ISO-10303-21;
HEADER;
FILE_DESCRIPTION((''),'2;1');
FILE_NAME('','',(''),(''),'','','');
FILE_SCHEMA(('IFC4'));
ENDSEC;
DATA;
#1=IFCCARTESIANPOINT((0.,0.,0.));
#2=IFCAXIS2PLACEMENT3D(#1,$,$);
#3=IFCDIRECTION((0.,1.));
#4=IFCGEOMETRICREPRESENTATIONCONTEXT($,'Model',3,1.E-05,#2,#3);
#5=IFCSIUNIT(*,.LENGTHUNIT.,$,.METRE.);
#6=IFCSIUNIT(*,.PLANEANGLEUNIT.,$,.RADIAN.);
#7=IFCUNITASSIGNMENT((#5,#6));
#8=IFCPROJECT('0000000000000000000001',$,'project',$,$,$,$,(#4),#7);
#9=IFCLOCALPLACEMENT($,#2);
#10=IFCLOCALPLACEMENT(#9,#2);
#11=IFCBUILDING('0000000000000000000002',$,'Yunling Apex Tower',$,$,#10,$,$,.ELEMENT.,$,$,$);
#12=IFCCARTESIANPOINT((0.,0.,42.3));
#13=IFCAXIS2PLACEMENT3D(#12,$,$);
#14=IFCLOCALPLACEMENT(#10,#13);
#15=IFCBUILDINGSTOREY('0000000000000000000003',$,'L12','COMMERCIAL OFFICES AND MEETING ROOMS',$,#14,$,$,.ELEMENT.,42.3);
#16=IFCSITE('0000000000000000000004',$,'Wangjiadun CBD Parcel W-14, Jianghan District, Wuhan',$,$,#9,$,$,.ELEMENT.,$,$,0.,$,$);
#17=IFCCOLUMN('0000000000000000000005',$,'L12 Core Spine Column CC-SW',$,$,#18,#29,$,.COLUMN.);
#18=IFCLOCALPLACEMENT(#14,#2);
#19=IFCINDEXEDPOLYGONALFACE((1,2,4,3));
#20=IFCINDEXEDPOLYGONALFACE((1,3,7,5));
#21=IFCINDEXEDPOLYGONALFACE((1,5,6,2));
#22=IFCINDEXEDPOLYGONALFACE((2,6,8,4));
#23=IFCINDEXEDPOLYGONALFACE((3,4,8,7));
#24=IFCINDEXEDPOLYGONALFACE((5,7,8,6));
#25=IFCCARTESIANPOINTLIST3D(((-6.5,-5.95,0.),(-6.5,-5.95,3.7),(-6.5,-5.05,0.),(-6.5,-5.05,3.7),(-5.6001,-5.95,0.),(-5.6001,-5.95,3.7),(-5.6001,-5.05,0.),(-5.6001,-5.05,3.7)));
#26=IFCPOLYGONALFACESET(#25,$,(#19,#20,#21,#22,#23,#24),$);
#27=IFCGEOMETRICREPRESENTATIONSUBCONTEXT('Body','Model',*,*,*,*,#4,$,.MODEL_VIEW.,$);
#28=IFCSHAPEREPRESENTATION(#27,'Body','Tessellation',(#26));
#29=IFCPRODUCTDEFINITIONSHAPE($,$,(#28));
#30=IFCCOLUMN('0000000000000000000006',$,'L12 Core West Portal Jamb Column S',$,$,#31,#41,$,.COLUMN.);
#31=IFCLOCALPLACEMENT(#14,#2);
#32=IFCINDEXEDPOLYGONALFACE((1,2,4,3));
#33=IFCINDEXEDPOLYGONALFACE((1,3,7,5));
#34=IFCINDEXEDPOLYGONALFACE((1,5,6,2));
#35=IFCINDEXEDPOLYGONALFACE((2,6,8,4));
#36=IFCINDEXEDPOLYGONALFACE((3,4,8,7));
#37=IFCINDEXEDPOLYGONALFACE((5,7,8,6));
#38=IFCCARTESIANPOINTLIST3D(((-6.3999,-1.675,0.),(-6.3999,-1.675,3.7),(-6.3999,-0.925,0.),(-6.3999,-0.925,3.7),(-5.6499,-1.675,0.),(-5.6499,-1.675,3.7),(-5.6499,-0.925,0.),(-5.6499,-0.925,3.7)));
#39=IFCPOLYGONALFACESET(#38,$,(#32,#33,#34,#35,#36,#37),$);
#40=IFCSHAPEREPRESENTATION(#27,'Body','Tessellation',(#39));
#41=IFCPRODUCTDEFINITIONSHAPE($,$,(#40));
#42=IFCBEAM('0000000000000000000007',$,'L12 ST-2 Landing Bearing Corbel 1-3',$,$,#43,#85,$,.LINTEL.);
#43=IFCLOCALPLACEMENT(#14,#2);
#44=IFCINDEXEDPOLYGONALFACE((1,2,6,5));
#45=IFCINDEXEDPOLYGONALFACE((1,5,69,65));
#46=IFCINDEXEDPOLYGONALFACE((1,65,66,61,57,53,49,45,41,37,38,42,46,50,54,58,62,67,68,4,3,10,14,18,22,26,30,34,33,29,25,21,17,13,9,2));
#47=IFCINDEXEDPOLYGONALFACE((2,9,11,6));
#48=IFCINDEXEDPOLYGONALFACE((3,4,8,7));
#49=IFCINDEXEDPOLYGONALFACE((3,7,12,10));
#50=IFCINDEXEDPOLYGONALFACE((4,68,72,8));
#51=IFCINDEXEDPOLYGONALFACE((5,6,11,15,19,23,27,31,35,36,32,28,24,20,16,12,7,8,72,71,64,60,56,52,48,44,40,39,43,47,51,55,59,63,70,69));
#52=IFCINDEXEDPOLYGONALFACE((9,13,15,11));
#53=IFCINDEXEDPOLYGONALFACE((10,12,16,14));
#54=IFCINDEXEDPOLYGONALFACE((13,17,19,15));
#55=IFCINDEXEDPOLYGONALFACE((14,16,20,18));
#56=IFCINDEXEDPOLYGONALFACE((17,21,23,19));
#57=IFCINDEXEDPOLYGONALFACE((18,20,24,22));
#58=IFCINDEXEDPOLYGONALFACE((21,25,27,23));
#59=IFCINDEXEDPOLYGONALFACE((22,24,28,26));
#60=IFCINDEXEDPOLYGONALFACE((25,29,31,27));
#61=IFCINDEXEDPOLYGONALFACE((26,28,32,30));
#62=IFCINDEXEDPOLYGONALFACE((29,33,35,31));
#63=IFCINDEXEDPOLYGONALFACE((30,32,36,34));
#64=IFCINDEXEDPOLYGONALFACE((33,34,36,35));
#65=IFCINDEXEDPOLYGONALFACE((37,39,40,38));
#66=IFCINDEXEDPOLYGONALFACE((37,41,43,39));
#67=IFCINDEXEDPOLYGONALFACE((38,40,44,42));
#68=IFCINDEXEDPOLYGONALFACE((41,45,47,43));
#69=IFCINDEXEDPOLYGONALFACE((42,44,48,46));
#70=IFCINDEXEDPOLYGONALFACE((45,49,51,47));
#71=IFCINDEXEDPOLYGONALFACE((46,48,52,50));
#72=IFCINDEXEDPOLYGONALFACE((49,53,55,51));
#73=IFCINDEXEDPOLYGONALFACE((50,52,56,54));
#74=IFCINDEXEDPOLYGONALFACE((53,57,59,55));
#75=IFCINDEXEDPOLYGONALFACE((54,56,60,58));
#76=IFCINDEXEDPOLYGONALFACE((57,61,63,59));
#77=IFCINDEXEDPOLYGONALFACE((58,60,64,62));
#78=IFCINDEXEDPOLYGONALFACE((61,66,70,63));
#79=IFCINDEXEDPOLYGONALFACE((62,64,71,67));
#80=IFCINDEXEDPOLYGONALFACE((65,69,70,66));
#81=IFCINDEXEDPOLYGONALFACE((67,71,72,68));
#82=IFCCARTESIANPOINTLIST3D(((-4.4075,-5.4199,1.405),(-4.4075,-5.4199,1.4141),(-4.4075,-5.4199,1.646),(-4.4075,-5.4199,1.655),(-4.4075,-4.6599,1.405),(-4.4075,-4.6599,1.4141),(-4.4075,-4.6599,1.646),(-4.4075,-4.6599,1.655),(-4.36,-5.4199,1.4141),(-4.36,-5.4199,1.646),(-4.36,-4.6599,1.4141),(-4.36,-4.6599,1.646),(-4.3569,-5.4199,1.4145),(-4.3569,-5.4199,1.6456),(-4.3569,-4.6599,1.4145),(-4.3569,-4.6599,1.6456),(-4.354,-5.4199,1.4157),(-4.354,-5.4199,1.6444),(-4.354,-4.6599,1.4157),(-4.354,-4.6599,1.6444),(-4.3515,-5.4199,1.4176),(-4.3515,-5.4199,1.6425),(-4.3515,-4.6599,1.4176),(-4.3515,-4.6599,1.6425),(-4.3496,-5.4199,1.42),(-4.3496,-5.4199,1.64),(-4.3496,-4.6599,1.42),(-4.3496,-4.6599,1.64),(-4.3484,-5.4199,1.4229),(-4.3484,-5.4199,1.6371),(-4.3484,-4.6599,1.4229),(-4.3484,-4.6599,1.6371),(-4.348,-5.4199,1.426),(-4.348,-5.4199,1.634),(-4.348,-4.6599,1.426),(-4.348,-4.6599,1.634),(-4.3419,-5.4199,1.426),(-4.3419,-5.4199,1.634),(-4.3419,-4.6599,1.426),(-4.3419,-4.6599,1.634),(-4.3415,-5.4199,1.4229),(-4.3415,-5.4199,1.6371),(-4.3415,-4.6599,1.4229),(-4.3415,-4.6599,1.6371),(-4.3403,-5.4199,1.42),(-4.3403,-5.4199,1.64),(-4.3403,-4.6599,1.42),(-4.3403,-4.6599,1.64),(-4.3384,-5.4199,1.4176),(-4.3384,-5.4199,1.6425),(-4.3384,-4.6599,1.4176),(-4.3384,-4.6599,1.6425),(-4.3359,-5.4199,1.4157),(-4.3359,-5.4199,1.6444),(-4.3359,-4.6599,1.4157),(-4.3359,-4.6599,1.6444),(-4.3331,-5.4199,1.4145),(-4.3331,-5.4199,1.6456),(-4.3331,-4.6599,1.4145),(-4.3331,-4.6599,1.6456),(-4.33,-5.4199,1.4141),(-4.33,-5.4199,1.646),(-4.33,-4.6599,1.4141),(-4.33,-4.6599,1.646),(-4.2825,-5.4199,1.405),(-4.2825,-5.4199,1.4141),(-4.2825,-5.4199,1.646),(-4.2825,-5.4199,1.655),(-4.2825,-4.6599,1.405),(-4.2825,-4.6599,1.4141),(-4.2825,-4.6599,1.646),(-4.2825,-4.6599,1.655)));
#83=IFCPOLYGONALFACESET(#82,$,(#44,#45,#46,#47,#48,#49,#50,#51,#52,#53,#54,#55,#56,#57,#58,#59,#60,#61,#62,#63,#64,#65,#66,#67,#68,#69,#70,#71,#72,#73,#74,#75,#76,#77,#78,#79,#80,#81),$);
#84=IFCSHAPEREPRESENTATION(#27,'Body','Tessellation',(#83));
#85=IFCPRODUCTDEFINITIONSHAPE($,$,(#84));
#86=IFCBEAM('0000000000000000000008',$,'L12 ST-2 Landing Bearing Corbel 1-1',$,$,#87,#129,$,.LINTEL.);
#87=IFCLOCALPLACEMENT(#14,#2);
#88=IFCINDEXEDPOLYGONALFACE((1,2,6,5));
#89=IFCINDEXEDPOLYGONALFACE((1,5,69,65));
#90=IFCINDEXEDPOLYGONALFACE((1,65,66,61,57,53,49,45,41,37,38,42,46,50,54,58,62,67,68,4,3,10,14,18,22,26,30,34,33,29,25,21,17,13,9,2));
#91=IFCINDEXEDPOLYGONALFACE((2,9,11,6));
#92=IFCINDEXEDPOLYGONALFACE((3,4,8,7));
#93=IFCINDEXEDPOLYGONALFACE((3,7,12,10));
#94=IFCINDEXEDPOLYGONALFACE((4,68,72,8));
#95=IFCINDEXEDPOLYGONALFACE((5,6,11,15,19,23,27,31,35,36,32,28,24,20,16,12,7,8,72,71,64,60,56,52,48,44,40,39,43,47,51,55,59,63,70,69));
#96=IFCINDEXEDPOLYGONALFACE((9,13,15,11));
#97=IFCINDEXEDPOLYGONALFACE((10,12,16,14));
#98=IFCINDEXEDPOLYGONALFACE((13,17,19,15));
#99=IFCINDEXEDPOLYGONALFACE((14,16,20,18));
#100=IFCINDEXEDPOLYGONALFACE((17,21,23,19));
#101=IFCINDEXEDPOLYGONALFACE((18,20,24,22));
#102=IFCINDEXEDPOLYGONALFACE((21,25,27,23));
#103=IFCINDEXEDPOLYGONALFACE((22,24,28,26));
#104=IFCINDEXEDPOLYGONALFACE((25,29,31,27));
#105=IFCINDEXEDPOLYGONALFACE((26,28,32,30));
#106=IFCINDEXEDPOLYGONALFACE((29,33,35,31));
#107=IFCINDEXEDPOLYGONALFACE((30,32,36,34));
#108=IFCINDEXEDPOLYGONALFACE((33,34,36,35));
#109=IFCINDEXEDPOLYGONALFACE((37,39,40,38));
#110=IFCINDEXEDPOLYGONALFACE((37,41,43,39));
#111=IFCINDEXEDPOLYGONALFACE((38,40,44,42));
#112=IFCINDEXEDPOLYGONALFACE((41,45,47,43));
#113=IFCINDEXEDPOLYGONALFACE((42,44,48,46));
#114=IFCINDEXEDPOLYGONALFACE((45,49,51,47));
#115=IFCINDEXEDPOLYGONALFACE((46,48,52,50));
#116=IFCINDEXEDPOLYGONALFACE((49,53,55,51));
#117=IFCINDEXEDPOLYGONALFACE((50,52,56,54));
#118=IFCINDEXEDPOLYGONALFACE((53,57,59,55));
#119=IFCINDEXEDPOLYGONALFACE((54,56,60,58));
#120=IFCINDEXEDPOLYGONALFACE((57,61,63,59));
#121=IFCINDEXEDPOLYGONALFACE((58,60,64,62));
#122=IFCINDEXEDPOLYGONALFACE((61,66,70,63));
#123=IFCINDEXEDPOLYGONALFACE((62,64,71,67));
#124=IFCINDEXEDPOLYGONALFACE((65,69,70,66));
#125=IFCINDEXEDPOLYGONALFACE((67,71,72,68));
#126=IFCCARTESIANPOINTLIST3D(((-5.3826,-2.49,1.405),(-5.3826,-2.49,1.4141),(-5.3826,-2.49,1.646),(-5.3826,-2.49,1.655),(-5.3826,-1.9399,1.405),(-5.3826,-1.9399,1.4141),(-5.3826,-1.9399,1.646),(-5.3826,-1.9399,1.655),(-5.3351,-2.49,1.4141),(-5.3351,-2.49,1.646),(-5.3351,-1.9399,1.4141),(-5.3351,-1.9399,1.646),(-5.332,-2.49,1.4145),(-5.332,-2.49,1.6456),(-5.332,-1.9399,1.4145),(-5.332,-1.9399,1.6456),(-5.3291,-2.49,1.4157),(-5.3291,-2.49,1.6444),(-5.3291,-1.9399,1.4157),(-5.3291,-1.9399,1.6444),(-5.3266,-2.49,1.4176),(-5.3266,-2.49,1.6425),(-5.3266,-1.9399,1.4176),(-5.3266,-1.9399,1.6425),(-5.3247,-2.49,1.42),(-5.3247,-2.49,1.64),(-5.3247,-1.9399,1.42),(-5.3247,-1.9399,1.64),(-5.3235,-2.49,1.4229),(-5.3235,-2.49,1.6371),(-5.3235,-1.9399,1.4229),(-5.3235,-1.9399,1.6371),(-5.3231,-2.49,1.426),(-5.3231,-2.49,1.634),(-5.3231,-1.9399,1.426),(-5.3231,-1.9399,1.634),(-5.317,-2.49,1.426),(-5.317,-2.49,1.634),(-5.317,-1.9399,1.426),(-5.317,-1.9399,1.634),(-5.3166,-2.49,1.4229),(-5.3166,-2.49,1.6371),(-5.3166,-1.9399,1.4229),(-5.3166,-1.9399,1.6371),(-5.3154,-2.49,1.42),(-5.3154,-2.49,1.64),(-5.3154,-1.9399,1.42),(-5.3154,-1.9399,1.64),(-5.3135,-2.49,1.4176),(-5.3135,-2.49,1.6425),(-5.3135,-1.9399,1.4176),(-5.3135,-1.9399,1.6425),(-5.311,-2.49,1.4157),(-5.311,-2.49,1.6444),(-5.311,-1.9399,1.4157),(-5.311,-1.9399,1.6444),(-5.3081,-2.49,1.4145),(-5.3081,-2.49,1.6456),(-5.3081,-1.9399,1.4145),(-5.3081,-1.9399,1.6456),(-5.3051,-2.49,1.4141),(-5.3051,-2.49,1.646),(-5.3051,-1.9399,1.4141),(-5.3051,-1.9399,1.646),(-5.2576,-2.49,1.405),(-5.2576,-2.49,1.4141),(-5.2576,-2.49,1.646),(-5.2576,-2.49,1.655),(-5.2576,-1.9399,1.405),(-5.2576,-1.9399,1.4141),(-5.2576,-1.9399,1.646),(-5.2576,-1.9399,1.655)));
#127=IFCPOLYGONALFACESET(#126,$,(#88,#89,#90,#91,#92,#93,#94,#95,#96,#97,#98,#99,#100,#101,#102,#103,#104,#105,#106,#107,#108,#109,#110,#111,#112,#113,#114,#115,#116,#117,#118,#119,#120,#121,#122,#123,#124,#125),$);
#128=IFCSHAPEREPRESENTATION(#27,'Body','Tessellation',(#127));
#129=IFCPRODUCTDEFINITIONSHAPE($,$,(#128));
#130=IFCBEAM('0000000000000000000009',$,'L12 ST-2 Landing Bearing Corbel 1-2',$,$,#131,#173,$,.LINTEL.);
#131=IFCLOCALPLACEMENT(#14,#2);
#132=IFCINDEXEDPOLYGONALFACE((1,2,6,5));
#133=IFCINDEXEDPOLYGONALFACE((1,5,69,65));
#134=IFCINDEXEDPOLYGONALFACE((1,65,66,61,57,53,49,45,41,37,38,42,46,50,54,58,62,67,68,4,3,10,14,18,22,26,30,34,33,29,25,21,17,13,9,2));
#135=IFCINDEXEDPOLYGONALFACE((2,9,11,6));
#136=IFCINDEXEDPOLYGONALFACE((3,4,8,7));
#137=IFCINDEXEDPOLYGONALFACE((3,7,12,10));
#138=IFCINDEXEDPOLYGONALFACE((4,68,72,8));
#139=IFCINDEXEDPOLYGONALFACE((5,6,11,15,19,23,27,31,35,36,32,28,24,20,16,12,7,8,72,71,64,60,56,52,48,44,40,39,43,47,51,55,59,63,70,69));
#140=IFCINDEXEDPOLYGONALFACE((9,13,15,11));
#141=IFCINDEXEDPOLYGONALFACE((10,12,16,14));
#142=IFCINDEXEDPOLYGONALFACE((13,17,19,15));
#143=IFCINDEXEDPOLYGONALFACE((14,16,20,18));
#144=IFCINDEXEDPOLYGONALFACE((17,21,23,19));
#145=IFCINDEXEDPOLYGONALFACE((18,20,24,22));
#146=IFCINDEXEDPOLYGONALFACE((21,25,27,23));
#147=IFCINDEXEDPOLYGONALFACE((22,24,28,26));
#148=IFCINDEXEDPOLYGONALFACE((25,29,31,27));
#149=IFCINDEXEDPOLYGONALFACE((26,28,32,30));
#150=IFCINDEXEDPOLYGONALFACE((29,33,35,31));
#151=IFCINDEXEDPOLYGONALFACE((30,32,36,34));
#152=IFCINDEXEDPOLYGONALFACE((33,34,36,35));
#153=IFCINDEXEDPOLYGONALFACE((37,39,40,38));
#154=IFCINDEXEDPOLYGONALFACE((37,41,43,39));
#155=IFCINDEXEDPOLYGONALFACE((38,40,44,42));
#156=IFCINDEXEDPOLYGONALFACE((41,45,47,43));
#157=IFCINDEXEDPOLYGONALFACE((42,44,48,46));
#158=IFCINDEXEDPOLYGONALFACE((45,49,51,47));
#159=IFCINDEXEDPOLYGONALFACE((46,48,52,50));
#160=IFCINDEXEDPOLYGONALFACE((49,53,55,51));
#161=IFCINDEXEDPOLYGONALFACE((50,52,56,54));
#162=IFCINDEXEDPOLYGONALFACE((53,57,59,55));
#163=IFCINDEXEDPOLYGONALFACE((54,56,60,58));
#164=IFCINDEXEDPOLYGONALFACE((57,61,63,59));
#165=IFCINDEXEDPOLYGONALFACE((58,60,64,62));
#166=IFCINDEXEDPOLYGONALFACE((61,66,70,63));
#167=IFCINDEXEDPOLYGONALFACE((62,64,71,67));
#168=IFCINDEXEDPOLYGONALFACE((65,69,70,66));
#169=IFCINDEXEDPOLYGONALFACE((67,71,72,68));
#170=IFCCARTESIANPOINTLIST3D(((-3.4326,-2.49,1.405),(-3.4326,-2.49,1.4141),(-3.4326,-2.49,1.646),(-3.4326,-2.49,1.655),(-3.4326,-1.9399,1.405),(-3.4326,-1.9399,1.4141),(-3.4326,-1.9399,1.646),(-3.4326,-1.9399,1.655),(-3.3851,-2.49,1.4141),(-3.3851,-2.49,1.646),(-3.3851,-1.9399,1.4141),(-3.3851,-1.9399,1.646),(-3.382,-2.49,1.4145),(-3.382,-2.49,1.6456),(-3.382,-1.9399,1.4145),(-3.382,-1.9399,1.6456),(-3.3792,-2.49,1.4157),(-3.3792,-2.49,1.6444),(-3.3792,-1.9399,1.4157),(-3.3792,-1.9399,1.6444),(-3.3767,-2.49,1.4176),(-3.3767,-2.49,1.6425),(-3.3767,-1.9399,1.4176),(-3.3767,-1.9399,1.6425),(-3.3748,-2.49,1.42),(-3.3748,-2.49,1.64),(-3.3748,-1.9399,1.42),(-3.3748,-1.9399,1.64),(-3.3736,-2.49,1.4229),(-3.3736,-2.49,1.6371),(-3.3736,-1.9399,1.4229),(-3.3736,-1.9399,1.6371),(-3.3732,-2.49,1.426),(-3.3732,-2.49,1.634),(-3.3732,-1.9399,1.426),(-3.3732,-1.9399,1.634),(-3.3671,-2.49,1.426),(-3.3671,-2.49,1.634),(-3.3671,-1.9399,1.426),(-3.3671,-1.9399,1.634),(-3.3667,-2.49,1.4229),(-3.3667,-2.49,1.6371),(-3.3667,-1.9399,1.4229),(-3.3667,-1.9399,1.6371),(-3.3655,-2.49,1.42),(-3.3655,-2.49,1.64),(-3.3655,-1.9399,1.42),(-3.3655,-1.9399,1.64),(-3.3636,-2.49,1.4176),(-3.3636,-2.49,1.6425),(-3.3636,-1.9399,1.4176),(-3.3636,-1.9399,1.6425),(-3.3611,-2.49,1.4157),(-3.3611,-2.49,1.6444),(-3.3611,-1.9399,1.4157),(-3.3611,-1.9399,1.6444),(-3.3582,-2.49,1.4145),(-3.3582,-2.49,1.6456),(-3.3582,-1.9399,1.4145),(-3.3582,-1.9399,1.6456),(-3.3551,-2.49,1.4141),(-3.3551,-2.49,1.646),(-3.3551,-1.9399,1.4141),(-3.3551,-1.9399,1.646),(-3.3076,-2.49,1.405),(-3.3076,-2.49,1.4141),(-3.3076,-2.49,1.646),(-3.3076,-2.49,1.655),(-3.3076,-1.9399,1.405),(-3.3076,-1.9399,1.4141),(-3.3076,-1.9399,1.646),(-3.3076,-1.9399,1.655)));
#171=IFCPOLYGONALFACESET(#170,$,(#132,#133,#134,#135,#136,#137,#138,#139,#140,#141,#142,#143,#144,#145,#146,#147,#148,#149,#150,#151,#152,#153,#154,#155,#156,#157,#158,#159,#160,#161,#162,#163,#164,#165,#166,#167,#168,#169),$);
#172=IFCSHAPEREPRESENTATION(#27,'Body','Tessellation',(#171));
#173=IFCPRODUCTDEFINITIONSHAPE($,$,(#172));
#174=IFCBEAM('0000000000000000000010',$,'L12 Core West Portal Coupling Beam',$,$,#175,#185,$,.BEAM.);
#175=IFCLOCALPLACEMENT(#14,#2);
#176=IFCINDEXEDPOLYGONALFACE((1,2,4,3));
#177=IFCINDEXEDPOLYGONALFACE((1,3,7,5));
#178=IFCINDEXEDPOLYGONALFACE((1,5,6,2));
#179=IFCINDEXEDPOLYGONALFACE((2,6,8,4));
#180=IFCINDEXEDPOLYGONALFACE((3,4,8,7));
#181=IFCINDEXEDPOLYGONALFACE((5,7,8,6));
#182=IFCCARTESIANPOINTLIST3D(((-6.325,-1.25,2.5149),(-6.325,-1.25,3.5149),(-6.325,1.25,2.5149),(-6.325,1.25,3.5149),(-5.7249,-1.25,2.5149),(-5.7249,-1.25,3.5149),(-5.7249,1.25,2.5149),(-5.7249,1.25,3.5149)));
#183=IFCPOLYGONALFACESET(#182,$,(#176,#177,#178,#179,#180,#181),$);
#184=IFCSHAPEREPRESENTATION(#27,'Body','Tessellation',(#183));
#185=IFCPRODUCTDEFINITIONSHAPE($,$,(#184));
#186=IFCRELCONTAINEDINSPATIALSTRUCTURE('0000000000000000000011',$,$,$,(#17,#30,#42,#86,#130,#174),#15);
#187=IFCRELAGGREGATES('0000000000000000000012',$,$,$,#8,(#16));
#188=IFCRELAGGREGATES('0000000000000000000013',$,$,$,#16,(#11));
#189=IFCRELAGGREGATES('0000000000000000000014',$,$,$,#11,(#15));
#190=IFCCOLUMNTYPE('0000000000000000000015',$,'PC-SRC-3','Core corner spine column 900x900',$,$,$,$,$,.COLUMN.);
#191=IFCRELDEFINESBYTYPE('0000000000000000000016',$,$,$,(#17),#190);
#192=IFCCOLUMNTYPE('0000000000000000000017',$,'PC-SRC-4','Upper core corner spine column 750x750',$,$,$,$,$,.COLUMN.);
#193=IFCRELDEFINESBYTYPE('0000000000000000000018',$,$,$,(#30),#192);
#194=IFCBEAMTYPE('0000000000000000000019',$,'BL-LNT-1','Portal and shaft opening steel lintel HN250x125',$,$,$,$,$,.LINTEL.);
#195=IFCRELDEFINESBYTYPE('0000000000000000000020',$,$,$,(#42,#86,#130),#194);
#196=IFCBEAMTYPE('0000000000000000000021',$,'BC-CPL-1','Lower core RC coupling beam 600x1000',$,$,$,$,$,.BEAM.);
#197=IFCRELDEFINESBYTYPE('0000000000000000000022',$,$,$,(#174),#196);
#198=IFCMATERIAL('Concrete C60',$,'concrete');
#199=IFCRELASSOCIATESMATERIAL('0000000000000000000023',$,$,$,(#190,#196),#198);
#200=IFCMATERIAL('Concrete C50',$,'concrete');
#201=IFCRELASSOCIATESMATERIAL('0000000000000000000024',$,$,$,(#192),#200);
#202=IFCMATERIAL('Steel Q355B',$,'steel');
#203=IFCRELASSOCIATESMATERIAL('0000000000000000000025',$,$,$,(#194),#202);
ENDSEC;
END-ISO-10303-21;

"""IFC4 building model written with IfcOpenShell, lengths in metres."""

from ifc_helpers import new_model, si_unit, direction, frame, origin, origin_2d, place, context, subcontext, project, spatial, rectangle, i_section, extrude, source, transform, mapped, material, material_profile, profile_set, type_object, element, save


model = new_model("IFC4")

# Units and contexts
model_context = context("Model", 3, precision=1e-05, world=origin(), true_north=direction((0.0, 1.0)))
body_context = subcontext(model_context, "Body", "Model", "MODEL_VIEW")
ifc_project = project(units=[si_unit("LENGTHUNIT", "METRE"), si_unit("PLANEANGLEUNIT", "RADIAN")], contexts=[model_context])

# Site, building, storey
site_placement = place(None, origin())
site = spatial("IfcSite", under=ifc_project, at=site_placement, Name="Wangjiadun CBD Parcel W-14, Jianghan District, Wuhan", CompositionType="ELEMENT", RefElevation=0.0)
building_placement = place(site_placement, origin())
building = spatial("IfcBuilding", under=site, at=building_placement, Name="Yunling Apex Tower", CompositionType="ELEMENT")
storey_placement = place(building_placement, frame((0.0, 0.0, 42.3)))
storey = spatial("IfcBuildingStorey", under=building, at=storey_placement, Name="L12", Description="COMMERCIAL OFFICES AND MEETING ROOMS", CompositionType="ELEMENT", Elevation=42.3)

# Columns
ifc_material_1 = material(Name="Concrete C60", Category="concrete")
ifc_material_profile_1 = material_profile(ifc_material_1, rectangle(XDim=0.8999, YDim=0.8999, at=origin_2d()))
ifc_profile_set_1 = profile_set([ifc_material_profile_1], Name="Concrete C60")
column_type_1 = type_object("IfcColumnType", Name="PC-SRC-3", Description="Core corner spine column 900x900", PredefinedType="COLUMN", material=ifc_profile_set_1)
shared_shape_1 = source(origin(), body_context, "Body", "SweptSolid", [
    extrude(rectangle(XDim=0.8999, YDim=0.8999, at=origin_2d()), origin(), (0.0, 0.0, 1.0), 3.7),
])
column_1_placement = place(storey_placement, frame((-6.05, -5.5, 0.0), z_axis=(0.0, 0.0, 1.0), x_axis=(1.0, 0.0, 0.0)))
element("IfcColumn", 1, at=column_1_placement, inside=storey, type_object=column_type_1, Name="L12 Core Spine Column CC-SW", PredefinedType="COLUMN", context=body_context, shape_type="MappedRepresentation", body=[
    mapped(shared_shape_1, transform((0.0, 0.0, 0.0), scale=1.0)),
])
ifc_material_2 = material(Name="Concrete C50", Category="concrete")
ifc_material_profile_2 = material_profile(ifc_material_2, rectangle(XDim=0.75, YDim=0.75, at=origin_2d()))
ifc_profile_set_2 = profile_set([ifc_material_profile_2], Name="Concrete C50")
column_type_2 = type_object("IfcColumnType", Name="PC-SRC-4", Description="Upper core corner spine column 750x750", PredefinedType="COLUMN", material=ifc_profile_set_2)
shared_shape_2 = source(origin(), body_context, "Body", "SweptSolid", [
    extrude(rectangle(XDim=0.75, YDim=0.75, at=origin_2d()), origin(), (0.0, 0.0, 1.0), 3.7),
])
column_2_placement = place(storey_placement, frame((-6.0249, -1.3, 0.0), z_axis=(0.0, 0.0, 1.0), x_axis=(1.0, 0.0, 0.0)))
element("IfcColumn", 2, at=column_2_placement, inside=storey, type_object=column_type_2, Name="L12 Core West Portal Jamb Column S", PredefinedType="COLUMN", context=body_context, shape_type="MappedRepresentation", body=[
    mapped(shared_shape_2, transform((0.0, 0.0, 0.0), scale=1.0)),
])

# Beams
ifc_material_3 = material(Name="Steel Q355B", Category="steel")
ifc_material_profile_3 = material_profile(ifc_material_3, i_section(OverallWidth=0.125, OverallDepth=0.25, WebThickness=0.0061, FlangeThickness=0.009, FilletRadius=0.012, at=origin_2d()))
ifc_profile_set_3 = profile_set([ifc_material_profile_3], Name="Steel Q355B")
beam_type_1 = type_object("IfcBeamType", Name="BL-LNT-1", Description="Portal and shaft opening steel lintel HN250x125", PredefinedType="LINTEL", material=ifc_profile_set_3)
shared_shape_3 = source(origin(), body_context, "Body", "SweptSolid", [
    extrude(i_section(OverallWidth=0.125, OverallDepth=0.25, WebThickness=0.0061, FlangeThickness=0.009, FilletRadius=0.012, at=origin_2d()), origin(), (0.0, 0.0, 1.0), 0.76),
])
beam_1_placement = place(storey_placement, frame((-4.345, -5.4199, 1.53), z_axis=(0.0, 1.0, 0.0), x_axis=(-1.0, 0.0, 0.0)))
element("IfcBeam", 3, at=beam_1_placement, inside=storey, type_object=beam_type_1, Name="L12 ST-2 Landing Bearing Corbel 1-3", PredefinedType="LINTEL", context=body_context, shape_type="MappedRepresentation", body=[
    mapped(shared_shape_3, transform((0.0, 0.0, 0.0), scale=1.0)),
])
shared_shape_4 = source(origin(), body_context, "Body", "SweptSolid", [
    extrude(i_section(OverallWidth=0.125, OverallDepth=0.25, WebThickness=0.0061, FlangeThickness=0.009, FilletRadius=0.012, at=origin_2d()), origin(), (0.0, 0.0, 1.0), 0.55),
])
for number, where, z_axis, x_axis, name in (
    (4, (-5.3201, -1.9399, 1.53), (0.0, -1.0, 0.0), (1.0, 0.0, 0.0), "L12 ST-2 Landing Bearing Corbel 1-1"),
    (5, (-3.3701, -1.9399, 1.53), (0.0, -1.0, 0.0), (1.0, 0.0, 0.0), "L12 ST-2 Landing Bearing Corbel 1-2"),
):
    element("IfcBeam", number, at=place(storey_placement, frame(where, z_axis=z_axis, x_axis=x_axis)), inside=storey, type_object=beam_type_1, Name=name, PredefinedType="LINTEL", context=body_context, shape_type="MappedRepresentation", body=[
        mapped(shared_shape_4, transform((0.0, 0.0, 0.0), scale=1.0)),
    ])
ifc_material_profile_4 = material_profile(ifc_material_1, rectangle(XDim=0.6001, YDim=1.0, at=origin_2d()))
ifc_profile_set_4 = profile_set([ifc_material_profile_4], Name="Concrete C60")
beam_type_2 = type_object("IfcBeamType", Name="BC-CPL-1", Description="Lower core RC coupling beam 600x1000", PredefinedType="BEAM", material=ifc_profile_set_4)
shared_shape_5 = source(origin(), body_context, "Body", "SweptSolid", [
    extrude(rectangle(XDim=0.6001, YDim=1.0, at=origin_2d()), origin(), (0.0, 0.0, 1.0), 2.5),
])
beam_2_placement = place(storey_placement, frame((-6.0249, -1.25, 3.0149), z_axis=(0.0, 1.0, 0.0), x_axis=(-1.0, 0.0, 0.0)))
element("IfcBeam", 6, at=beam_2_placement, inside=storey, type_object=beam_type_2, Name="L12 Core West Portal Coupling Beam", PredefinedType="BEAM", context=body_context, shape_type="MappedRepresentation", body=[
    mapped(shared_shape_5, transform((0.0, 0.0, 0.0), scale=1.0)),
])

save(model, "model.ifc")
